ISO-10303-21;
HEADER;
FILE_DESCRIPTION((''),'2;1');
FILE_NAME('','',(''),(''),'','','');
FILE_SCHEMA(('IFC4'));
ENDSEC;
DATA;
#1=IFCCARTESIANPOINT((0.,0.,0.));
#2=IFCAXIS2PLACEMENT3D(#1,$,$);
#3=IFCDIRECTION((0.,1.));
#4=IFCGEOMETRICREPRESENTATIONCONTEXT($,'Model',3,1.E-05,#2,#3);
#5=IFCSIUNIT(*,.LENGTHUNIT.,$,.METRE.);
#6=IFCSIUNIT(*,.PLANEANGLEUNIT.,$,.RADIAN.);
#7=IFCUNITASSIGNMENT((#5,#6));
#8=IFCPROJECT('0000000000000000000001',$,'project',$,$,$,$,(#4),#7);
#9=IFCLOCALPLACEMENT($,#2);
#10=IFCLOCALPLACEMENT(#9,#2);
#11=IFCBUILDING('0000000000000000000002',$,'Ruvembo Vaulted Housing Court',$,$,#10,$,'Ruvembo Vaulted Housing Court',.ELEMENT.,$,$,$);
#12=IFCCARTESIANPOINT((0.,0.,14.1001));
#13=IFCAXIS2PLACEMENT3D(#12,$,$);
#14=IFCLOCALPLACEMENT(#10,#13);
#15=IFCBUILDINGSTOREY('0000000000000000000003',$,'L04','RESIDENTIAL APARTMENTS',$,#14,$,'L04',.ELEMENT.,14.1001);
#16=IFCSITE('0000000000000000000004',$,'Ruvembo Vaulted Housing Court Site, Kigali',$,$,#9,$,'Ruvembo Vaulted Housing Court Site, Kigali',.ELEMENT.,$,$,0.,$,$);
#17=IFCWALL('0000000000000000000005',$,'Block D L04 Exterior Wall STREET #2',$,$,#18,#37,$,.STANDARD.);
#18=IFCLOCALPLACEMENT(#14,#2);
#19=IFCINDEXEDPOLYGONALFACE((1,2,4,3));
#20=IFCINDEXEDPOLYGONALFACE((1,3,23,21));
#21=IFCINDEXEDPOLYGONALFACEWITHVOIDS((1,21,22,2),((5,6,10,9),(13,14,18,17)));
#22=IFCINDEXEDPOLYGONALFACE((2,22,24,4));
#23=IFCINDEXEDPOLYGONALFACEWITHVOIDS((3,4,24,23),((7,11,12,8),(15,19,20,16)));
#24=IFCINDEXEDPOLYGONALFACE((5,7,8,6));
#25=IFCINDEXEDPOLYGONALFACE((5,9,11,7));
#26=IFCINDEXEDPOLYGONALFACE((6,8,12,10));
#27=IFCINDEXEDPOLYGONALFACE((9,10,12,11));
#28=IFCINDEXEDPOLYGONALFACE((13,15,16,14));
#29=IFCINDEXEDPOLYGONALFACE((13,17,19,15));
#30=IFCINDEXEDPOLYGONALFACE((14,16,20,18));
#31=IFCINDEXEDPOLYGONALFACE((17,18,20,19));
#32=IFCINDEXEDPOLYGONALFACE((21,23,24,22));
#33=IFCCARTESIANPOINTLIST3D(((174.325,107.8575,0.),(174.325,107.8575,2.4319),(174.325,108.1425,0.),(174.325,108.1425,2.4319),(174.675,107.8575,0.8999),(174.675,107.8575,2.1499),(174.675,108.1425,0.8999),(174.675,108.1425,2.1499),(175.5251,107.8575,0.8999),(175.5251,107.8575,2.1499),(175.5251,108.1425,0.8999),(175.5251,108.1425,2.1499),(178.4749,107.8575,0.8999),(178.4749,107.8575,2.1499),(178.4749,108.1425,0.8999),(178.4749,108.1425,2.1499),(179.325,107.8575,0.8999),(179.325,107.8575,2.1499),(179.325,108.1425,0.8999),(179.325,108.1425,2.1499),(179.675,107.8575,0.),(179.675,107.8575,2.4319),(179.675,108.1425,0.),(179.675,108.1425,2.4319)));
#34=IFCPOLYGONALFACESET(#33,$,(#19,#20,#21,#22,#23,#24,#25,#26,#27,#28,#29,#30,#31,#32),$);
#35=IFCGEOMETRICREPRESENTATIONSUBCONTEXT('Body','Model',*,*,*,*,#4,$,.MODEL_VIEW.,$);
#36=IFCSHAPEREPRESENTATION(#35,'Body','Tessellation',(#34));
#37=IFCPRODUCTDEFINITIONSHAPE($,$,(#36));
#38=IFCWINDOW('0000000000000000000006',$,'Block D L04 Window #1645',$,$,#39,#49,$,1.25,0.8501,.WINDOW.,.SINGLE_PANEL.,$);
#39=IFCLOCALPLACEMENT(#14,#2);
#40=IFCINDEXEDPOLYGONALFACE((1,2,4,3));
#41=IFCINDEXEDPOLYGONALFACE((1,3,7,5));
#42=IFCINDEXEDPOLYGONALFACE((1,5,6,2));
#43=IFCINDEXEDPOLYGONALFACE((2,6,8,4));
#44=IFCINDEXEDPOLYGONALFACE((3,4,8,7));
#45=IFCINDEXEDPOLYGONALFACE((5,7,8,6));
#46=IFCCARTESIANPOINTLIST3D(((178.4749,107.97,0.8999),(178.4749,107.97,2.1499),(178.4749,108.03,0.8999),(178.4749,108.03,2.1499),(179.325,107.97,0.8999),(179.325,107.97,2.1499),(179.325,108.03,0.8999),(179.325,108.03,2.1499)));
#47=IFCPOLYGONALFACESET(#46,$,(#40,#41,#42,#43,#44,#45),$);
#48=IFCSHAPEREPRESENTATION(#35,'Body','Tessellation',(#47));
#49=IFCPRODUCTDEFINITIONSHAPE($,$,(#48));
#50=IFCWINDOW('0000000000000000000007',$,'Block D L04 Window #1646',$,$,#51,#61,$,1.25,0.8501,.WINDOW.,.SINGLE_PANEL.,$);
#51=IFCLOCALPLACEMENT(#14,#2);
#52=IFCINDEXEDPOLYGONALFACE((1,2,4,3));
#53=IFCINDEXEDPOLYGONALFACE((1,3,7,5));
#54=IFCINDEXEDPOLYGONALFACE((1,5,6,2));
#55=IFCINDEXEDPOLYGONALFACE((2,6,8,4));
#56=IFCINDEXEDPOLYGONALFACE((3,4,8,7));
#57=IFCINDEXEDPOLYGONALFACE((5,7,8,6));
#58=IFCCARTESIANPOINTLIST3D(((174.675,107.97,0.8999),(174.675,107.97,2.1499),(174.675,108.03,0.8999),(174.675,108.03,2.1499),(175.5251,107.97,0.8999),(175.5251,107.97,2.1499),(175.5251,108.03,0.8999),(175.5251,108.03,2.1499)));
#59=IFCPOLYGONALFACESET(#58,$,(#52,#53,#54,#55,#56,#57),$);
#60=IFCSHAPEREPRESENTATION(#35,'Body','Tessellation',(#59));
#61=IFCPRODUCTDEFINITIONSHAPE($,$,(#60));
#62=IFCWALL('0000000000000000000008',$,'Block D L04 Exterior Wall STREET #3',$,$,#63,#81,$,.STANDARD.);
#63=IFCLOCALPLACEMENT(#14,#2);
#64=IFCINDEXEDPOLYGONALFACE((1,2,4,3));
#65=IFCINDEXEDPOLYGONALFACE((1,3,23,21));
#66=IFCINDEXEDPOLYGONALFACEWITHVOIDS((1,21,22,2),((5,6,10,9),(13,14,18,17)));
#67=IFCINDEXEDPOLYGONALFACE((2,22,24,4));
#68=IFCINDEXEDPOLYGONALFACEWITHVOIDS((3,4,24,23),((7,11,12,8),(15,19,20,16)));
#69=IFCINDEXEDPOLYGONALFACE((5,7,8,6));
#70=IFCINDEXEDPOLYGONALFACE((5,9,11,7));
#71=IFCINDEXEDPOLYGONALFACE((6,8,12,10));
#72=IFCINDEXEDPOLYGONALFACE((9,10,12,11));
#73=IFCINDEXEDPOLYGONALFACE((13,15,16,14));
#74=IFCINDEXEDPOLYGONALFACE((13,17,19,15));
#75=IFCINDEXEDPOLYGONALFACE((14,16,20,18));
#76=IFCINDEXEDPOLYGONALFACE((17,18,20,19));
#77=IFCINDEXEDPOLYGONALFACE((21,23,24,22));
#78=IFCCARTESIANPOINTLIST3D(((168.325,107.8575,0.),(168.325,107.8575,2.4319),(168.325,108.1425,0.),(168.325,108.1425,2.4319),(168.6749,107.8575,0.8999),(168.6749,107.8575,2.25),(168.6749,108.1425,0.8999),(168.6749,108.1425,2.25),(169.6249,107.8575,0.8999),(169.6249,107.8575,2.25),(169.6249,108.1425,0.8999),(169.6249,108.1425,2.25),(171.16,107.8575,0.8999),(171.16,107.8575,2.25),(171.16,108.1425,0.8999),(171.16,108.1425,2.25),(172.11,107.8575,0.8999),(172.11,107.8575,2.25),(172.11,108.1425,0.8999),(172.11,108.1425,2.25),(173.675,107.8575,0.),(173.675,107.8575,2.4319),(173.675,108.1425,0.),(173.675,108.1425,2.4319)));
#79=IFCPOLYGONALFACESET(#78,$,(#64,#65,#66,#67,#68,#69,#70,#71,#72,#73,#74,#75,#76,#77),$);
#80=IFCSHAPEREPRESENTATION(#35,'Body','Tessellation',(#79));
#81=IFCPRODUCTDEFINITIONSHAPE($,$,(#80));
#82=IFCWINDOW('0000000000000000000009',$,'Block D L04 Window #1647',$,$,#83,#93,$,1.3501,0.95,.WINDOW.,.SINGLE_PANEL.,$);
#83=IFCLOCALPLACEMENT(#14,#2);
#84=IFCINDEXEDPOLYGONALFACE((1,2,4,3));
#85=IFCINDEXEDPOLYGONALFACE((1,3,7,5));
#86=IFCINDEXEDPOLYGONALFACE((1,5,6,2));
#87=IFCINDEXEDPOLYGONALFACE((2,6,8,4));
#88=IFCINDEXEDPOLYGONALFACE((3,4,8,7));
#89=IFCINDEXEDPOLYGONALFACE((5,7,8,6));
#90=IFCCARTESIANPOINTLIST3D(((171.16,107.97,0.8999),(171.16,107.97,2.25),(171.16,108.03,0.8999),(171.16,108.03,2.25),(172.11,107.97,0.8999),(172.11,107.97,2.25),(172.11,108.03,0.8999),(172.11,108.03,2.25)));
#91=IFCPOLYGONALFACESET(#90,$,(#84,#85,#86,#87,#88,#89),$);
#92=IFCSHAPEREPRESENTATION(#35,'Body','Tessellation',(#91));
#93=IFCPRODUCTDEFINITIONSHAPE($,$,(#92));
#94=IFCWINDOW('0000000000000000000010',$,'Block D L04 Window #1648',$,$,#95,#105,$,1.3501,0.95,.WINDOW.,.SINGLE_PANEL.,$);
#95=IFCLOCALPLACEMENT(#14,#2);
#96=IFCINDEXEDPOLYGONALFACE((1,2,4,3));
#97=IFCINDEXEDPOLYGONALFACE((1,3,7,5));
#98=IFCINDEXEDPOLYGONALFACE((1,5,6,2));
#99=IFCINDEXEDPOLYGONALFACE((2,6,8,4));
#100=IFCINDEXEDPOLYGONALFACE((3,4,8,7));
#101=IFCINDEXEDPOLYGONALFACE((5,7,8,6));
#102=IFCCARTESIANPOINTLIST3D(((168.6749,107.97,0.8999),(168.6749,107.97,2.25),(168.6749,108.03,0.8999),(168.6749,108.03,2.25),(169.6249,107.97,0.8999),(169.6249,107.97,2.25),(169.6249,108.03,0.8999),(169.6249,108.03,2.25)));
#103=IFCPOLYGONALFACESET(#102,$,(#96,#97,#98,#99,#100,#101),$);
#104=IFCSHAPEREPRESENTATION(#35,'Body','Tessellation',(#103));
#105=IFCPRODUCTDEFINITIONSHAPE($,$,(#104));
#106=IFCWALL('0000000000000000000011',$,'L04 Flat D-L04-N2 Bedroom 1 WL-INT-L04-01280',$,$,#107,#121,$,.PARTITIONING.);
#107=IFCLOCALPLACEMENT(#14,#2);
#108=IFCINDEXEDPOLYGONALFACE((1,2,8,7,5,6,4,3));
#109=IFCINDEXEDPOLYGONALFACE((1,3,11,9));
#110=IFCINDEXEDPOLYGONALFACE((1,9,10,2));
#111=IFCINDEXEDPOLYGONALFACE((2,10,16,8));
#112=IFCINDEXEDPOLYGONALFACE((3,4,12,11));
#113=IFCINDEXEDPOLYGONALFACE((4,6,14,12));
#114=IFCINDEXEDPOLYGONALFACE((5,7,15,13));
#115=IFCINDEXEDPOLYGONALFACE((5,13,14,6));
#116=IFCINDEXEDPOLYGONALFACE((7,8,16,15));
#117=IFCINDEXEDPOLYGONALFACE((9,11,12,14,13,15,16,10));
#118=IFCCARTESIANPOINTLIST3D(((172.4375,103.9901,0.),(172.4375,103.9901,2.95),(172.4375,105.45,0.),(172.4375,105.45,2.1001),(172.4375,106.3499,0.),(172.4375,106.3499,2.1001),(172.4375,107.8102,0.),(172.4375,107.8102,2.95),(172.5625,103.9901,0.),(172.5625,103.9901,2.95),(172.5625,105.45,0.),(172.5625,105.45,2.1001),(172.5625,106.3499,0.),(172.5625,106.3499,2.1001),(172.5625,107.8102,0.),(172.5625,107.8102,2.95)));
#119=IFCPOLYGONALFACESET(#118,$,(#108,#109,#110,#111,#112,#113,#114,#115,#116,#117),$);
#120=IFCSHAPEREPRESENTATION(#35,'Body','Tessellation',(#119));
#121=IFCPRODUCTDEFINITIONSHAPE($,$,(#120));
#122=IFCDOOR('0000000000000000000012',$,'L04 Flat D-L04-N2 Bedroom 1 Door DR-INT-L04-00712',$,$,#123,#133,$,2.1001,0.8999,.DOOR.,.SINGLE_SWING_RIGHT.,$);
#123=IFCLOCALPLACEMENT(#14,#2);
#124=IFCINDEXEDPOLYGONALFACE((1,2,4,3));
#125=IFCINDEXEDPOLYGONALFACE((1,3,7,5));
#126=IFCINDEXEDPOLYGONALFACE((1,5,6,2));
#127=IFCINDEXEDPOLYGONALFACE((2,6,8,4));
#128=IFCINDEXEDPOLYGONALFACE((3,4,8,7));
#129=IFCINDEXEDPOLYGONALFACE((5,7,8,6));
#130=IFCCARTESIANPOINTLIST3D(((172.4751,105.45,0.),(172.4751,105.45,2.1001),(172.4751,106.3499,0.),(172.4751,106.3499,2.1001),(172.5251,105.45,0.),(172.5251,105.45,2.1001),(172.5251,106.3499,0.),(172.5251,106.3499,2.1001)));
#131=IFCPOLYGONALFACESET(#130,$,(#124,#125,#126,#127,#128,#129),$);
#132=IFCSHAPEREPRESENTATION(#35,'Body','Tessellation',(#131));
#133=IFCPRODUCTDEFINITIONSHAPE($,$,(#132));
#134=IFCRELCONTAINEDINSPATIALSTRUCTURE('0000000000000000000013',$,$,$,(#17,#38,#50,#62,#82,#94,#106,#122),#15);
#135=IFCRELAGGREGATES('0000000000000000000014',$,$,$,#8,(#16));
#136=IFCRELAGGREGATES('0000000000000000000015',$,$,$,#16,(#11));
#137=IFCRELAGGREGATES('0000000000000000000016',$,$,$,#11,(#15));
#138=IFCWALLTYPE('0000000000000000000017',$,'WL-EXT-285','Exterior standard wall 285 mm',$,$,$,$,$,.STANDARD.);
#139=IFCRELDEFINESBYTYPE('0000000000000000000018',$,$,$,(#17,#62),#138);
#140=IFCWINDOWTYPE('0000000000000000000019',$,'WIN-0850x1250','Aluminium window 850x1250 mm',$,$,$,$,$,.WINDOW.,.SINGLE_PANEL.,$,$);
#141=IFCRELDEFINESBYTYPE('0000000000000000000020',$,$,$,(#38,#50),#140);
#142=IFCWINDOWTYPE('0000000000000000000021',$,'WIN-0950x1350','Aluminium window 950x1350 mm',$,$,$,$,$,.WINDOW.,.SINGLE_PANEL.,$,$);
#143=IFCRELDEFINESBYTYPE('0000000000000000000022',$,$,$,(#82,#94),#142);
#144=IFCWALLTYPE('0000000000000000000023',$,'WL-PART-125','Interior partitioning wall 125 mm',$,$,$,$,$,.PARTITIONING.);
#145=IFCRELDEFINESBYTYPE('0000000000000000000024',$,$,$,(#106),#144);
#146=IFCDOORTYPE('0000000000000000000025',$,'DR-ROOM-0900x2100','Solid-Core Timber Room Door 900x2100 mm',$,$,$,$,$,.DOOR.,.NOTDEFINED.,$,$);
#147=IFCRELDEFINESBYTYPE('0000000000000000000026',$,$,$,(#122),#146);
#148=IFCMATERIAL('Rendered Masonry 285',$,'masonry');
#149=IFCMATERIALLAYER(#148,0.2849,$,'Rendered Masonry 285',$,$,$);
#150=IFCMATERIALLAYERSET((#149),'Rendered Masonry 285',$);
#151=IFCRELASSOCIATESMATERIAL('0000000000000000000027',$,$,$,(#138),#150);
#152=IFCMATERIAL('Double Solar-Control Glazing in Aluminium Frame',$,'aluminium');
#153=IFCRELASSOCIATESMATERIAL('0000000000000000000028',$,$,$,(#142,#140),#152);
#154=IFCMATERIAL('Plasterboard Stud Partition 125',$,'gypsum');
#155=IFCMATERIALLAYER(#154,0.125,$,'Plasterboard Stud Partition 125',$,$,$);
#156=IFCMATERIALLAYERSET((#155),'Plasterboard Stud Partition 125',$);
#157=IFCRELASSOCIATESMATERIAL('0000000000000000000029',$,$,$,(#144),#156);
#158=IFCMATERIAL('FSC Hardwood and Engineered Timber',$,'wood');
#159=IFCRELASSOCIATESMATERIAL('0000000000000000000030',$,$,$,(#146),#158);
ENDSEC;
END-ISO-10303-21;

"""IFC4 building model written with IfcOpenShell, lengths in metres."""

from ifc_helpers import new_model, si_unit, direction, frame, frame_2d, origin, place, context, subcontext, project, spatial, rectangle, extrude, material, layer, layer_set, type_object, element, fill, save


model = new_model("IFC4")

# Units and contexts
model_context = context("Model", 3, precision=1e-05, world=origin(), true_north=direction((0.0, 1.0)))
body_context = subcontext(model_context, "Body", "Model", "MODEL_VIEW")
ifc_project = project(units=[si_unit("LENGTHUNIT", "METRE"), si_unit("PLANEANGLEUNIT", "RADIAN")], contexts=[model_context])

# Site, building, storey
site_placement = place(None, origin())
site = spatial("IfcSite", under=ifc_project, at=site_placement, Name="Ruvembo Vaulted Housing Court Site, Kigali", LongName="Ruvembo Vaulted Housing Court Site, Kigali", CompositionType="ELEMENT", RefElevation=0.0)
building_placement = place(site_placement, origin())
building = spatial("IfcBuilding", under=site, at=building_placement, Name="Ruvembo Vaulted Housing Court", LongName="Ruvembo Vaulted Housing Court", CompositionType="ELEMENT")
storey_placement = place(building_placement, frame((0.0, 0.0, 14.1001)))
storey = spatial("IfcBuildingStorey", under=building, at=storey_placement, Name="L04", Description="RESIDENTIAL APARTMENTS", LongName="L04", CompositionType="ELEMENT", Elevation=14.1001)

# Walls, openings, windows
ifc_material_1 = material(Name="Rendered Masonry 285", Category="masonry")
ifc_layer_1 = layer(ifc_material_1, 0.2849, Name="Rendered Masonry 285")
ifc_layer_set_1 = layer_set([ifc_layer_1], Name="Rendered Masonry 285")
wall_type_1 = type_object("IfcWallType", Name="WL-EXT-285", Description="Exterior standard wall 285 mm", PredefinedType="STANDARD", material=ifc_layer_set_1)
ifc_material_2 = material(Name="Double Solar-Control Glazing in Aluminium Frame", Category="aluminium")
window_type_1 = type_object("IfcWindowType", Name="WIN-0950x1350", Description="Aluminium window 950x1350 mm", PartitioningType="SINGLE_PANEL", PredefinedType="WINDOW", material=ifc_material_2)
wall_1_placement = place(storey_placement, frame((179.675, 108.0, 0.0), z_axis=(0.0, 0.0, 1.0), x_axis=(-1.0, 0.0, 0.0)))
wall_1 = element("IfcWall", 1, at=wall_1_placement, inside=storey, type_object=wall_type_1, Name="Block D L04 Exterior Wall STREET #2", PredefinedType="STANDARD", context=body_context, shape_type="SweptSolid", body=[
    extrude(rectangle(XDim=5.3501, YDim=0.2849, at=frame_2d((2.675, 0.0))), origin(), (0.0, 0.0, 1.0), 2.4319),
])
opening_1_placement = place(wall_1_placement, frame((0.3501, 0.0, 0.8999)))
opening_1 = element("IfcOpeningElement", 2, at=opening_1_placement, cuts=wall_1, PredefinedType="OPENING", context=body_context, shape_type="SweptSolid", body=[
    extrude(rectangle(XDim=0.8501, YDim=1.25, at=frame_2d((0.425, 0.625))), frame((0.0, 0.1523, 0.0), z_axis=(0.0, -1.0, 0.0), x_axis=(1.0, 0.0, 0.0)), (0.0, 0.0, 1.0), 0.3049),
])
opening_2_placement = place(wall_1_placement, frame((4.1499, 0.0, 0.8999)))
opening_2 = element("IfcOpeningElement", 3, at=opening_2_placement, cuts=wall_1, PredefinedType="OPENING", context=body_context, shape_type="SweptSolid", body=[
    extrude(rectangle(XDim=0.8501, YDim=1.25, at=frame_2d((0.425, 0.625))), frame((0.0, 0.1523, 0.0), z_axis=(0.0, -1.0, 0.0), x_axis=(1.0, 0.0, 0.0)), (0.0, 0.0, 1.0), 0.3049),
])
window_type_2 = type_object("IfcWindowType", Name="WIN-0850x1250", Description="Aluminium window 850x1250 mm", PartitioningType="SINGLE_PANEL", PredefinedType="WINDOW", material=ifc_material_2)
window_1_placement = place(opening_1_placement, origin())
window_1 = element("IfcWindow", 4, at=window_1_placement, inside=storey, type_object=window_type_2, Name="Block D L04 Window #1645", OverallHeight=1.25, OverallWidth=0.8501, PartitioningType="SINGLE_PANEL", PredefinedType="WINDOW", context=body_context, shape_type="SweptSolid", body=[
    extrude(rectangle(XDim=0.8501, YDim=1.25, at=frame_2d((0.425, 0.625))), frame((0.0, 0.03, 0.0), z_axis=(0.0, -1.0, 0.0), x_axis=(1.0, 0.0, 0.0)), (0.0, 0.0, 1.0), 0.0601),
])
fill(opening_1, window_1)
window_2_placement = place(opening_2_placement, origin())
window_2 = element("IfcWindow", 5, at=window_2_placement, inside=storey, type_object=window_type_2, Name="Block D L04 Window #1646", OverallHeight=1.25, OverallWidth=0.8501, PartitioningType="SINGLE_PANEL", PredefinedType="WINDOW", context=body_context, shape_type="SweptSolid", body=[
    extrude(rectangle(XDim=0.8501, YDim=1.25, at=frame_2d((0.425, 0.625))), frame((0.0, 0.03, 0.0), z_axis=(0.0, -1.0, 0.0), x_axis=(1.0, 0.0, 0.0)), (0.0, 0.0, 1.0), 0.0601),
])
fill(opening_2, window_2)
wall_2_placement = place(storey_placement, frame((173.675, 108.0, 0.0), z_axis=(0.0, 0.0, 1.0), x_axis=(-1.0, 0.0, 0.0)))
wall_2 = element("IfcWall", 6, at=wall_2_placement, inside=storey, type_object=wall_type_1, Name="Block D L04 Exterior Wall STREET #3", PredefinedType="STANDARD", context=body_context, shape_type="SweptSolid", body=[
    extrude(rectangle(XDim=5.3501, YDim=0.2849, at=frame_2d((2.675, 0.0))), origin(), (0.0, 0.0, 1.0), 2.4319),
])
opening_3_placement = place(wall_2_placement, frame((1.5649, 0.0, 0.8999)))
opening_3 = element("IfcOpeningElement", 7, at=opening_3_placement, cuts=wall_2, PredefinedType="OPENING", context=body_context, shape_type="SweptSolid", body=[
    extrude(rectangle(XDim=0.95, YDim=1.3501, at=frame_2d((0.4751, 0.675))), frame((0.0, 0.1523, 0.0), z_axis=(0.0, -1.0, 0.0), x_axis=(1.0, 0.0, 0.0)), (0.0, 0.0, 1.0), 0.3049),
])
opening_4_placement = place(wall_2_placement, frame((4.05, 0.0, 0.8999)))
opening_4 = element("IfcOpeningElement", 8, at=opening_4_placement, cuts=wall_2, PredefinedType="OPENING", context=body_context, shape_type="SweptSolid", body=[
    extrude(rectangle(XDim=0.95, YDim=1.3501, at=frame_2d((0.4751, 0.675))), frame((0.0, 0.1523, 0.0), z_axis=(0.0, -1.0, 0.0), x_axis=(1.0, 0.0, 0.0)), (0.0, 0.0, 1.0), 0.3049),
])
window_3_placement = place(opening_3_placement, origin())
window_3 = element("IfcWindow", 9, at=window_3_placement, inside=storey, type_object=window_type_1, Name="Block D L04 Window #1647", OverallHeight=1.3501, OverallWidth=0.95, PartitioningType="SINGLE_PANEL", PredefinedType="WINDOW", context=body_context, shape_type="SweptSolid", body=[
    extrude(rectangle(XDim=0.95, YDim=1.3501, at=frame_2d((0.4751, 0.675))), frame((0.0, 0.03, 0.0), z_axis=(0.0, -1.0, 0.0), x_axis=(1.0, 0.0, 0.0)), (0.0, 0.0, 1.0), 0.0601),
])
fill(opening_3, window_3)
window_4_placement = place(opening_4_placement, origin())
window_4 = element("IfcWindow", 10, at=window_4_placement, inside=storey, type_object=window_type_1, Name="Block D L04 Window #1648", OverallHeight=1.3501, OverallWidth=0.95, PartitioningType="SINGLE_PANEL", PredefinedType="WINDOW", context=body_context, shape_type="SweptSolid", body=[
    extrude(rectangle(XDim=0.95, YDim=1.3501, at=frame_2d((0.4751, 0.675))), frame((0.0, 0.03, 0.0), z_axis=(0.0, -1.0, 0.0), x_axis=(1.0, 0.0, 0.0)), (0.0, 0.0, 1.0), 0.0601),
])
fill(opening_4, window_4)

# Wall, opening, door
ifc_material_3 = material(Name="Plasterboard Stud Partition 125", Category="gypsum")
ifc_layer_2 = layer(ifc_material_3, 0.125, Name="Plasterboard Stud Partition 125")
ifc_layer_set_2 = layer_set([ifc_layer_2], Name="Plasterboard Stud Partition 125")
wall_type_2 = type_object("IfcWallType", Name="WL-PART-125", Description="Interior partitioning wall 125 mm", PredefinedType="PARTITIONING", material=ifc_layer_set_2)
wall_3_placement = place(storey_placement, frame((172.5, 103.99, 0.0), z_axis=(0.0, 0.0, 1.0), x_axis=(0.0, 1.0, 0.0)))
wall_3 = element("IfcWall", 11, at=wall_3_placement, inside=storey, type_object=wall_type_2, Name="L04 Flat D-L04-N2 Bedroom 1 WL-INT-L04-01280", PredefinedType="PARTITIONING", context=body_context, shape_type="SweptSolid", body=[
    extrude(rectangle(XDim=3.8201, YDim=0.125, at=frame_2d((1.9102, 0.0))), origin(), (0.0, 0.0, 1.0), 2.95),
])
opening_5_placement = place(wall_3_placement, frame((1.46, 0.0, 0.0)))
opening_5 = element("IfcOpeningElement", 12, at=opening_5_placement, cuts=wall_3, PredefinedType="OPENING", context=body_context, shape_type="SweptSolid", body=[
    extrude(rectangle(XDim=0.8999, YDim=2.1001, at=frame_2d((0.45, 1.05))), frame((0.0, 0.0725, 0.0), z_axis=(0.0, -1.0, 0.0), x_axis=(1.0, 0.0, 0.0)), (0.0, 0.0, 1.0), 0.145),
])
ifc_material_4 = material(Name="FSC Hardwood and Engineered Timber", Category="wood")
door_type = type_object("IfcDoorType", Name="DR-ROOM-0900x2100", Description="Solid-Core Timber Room Door 900x2100 mm", OperationType="NOTDEFINED", PredefinedType="DOOR", material=ifc_material_4)
door_placement = place(opening_5_placement, origin())
door = element("IfcDoor", 13, at=door_placement, inside=storey, type_object=door_type, Name="L04 Flat D-L04-N2 Bedroom 1 Door DR-INT-L04-00712", OperationType="SINGLE_SWING_RIGHT", OverallHeight=2.1001, OverallWidth=0.8999, PredefinedType="DOOR", context=body_context, shape_type="SweptSolid", body=[
    extrude(rectangle(XDim=0.8999, YDim=2.1001, at=frame_2d((0.45, 1.05))), frame((0.0, 0.0249, 0.0), z_axis=(0.0, -1.0, 0.0), x_axis=(1.0, 0.0, 0.0)), (0.0, 0.0, 1.0), 0.05),
])
fill(opening_5, door)

save(model, "model.ifc")
